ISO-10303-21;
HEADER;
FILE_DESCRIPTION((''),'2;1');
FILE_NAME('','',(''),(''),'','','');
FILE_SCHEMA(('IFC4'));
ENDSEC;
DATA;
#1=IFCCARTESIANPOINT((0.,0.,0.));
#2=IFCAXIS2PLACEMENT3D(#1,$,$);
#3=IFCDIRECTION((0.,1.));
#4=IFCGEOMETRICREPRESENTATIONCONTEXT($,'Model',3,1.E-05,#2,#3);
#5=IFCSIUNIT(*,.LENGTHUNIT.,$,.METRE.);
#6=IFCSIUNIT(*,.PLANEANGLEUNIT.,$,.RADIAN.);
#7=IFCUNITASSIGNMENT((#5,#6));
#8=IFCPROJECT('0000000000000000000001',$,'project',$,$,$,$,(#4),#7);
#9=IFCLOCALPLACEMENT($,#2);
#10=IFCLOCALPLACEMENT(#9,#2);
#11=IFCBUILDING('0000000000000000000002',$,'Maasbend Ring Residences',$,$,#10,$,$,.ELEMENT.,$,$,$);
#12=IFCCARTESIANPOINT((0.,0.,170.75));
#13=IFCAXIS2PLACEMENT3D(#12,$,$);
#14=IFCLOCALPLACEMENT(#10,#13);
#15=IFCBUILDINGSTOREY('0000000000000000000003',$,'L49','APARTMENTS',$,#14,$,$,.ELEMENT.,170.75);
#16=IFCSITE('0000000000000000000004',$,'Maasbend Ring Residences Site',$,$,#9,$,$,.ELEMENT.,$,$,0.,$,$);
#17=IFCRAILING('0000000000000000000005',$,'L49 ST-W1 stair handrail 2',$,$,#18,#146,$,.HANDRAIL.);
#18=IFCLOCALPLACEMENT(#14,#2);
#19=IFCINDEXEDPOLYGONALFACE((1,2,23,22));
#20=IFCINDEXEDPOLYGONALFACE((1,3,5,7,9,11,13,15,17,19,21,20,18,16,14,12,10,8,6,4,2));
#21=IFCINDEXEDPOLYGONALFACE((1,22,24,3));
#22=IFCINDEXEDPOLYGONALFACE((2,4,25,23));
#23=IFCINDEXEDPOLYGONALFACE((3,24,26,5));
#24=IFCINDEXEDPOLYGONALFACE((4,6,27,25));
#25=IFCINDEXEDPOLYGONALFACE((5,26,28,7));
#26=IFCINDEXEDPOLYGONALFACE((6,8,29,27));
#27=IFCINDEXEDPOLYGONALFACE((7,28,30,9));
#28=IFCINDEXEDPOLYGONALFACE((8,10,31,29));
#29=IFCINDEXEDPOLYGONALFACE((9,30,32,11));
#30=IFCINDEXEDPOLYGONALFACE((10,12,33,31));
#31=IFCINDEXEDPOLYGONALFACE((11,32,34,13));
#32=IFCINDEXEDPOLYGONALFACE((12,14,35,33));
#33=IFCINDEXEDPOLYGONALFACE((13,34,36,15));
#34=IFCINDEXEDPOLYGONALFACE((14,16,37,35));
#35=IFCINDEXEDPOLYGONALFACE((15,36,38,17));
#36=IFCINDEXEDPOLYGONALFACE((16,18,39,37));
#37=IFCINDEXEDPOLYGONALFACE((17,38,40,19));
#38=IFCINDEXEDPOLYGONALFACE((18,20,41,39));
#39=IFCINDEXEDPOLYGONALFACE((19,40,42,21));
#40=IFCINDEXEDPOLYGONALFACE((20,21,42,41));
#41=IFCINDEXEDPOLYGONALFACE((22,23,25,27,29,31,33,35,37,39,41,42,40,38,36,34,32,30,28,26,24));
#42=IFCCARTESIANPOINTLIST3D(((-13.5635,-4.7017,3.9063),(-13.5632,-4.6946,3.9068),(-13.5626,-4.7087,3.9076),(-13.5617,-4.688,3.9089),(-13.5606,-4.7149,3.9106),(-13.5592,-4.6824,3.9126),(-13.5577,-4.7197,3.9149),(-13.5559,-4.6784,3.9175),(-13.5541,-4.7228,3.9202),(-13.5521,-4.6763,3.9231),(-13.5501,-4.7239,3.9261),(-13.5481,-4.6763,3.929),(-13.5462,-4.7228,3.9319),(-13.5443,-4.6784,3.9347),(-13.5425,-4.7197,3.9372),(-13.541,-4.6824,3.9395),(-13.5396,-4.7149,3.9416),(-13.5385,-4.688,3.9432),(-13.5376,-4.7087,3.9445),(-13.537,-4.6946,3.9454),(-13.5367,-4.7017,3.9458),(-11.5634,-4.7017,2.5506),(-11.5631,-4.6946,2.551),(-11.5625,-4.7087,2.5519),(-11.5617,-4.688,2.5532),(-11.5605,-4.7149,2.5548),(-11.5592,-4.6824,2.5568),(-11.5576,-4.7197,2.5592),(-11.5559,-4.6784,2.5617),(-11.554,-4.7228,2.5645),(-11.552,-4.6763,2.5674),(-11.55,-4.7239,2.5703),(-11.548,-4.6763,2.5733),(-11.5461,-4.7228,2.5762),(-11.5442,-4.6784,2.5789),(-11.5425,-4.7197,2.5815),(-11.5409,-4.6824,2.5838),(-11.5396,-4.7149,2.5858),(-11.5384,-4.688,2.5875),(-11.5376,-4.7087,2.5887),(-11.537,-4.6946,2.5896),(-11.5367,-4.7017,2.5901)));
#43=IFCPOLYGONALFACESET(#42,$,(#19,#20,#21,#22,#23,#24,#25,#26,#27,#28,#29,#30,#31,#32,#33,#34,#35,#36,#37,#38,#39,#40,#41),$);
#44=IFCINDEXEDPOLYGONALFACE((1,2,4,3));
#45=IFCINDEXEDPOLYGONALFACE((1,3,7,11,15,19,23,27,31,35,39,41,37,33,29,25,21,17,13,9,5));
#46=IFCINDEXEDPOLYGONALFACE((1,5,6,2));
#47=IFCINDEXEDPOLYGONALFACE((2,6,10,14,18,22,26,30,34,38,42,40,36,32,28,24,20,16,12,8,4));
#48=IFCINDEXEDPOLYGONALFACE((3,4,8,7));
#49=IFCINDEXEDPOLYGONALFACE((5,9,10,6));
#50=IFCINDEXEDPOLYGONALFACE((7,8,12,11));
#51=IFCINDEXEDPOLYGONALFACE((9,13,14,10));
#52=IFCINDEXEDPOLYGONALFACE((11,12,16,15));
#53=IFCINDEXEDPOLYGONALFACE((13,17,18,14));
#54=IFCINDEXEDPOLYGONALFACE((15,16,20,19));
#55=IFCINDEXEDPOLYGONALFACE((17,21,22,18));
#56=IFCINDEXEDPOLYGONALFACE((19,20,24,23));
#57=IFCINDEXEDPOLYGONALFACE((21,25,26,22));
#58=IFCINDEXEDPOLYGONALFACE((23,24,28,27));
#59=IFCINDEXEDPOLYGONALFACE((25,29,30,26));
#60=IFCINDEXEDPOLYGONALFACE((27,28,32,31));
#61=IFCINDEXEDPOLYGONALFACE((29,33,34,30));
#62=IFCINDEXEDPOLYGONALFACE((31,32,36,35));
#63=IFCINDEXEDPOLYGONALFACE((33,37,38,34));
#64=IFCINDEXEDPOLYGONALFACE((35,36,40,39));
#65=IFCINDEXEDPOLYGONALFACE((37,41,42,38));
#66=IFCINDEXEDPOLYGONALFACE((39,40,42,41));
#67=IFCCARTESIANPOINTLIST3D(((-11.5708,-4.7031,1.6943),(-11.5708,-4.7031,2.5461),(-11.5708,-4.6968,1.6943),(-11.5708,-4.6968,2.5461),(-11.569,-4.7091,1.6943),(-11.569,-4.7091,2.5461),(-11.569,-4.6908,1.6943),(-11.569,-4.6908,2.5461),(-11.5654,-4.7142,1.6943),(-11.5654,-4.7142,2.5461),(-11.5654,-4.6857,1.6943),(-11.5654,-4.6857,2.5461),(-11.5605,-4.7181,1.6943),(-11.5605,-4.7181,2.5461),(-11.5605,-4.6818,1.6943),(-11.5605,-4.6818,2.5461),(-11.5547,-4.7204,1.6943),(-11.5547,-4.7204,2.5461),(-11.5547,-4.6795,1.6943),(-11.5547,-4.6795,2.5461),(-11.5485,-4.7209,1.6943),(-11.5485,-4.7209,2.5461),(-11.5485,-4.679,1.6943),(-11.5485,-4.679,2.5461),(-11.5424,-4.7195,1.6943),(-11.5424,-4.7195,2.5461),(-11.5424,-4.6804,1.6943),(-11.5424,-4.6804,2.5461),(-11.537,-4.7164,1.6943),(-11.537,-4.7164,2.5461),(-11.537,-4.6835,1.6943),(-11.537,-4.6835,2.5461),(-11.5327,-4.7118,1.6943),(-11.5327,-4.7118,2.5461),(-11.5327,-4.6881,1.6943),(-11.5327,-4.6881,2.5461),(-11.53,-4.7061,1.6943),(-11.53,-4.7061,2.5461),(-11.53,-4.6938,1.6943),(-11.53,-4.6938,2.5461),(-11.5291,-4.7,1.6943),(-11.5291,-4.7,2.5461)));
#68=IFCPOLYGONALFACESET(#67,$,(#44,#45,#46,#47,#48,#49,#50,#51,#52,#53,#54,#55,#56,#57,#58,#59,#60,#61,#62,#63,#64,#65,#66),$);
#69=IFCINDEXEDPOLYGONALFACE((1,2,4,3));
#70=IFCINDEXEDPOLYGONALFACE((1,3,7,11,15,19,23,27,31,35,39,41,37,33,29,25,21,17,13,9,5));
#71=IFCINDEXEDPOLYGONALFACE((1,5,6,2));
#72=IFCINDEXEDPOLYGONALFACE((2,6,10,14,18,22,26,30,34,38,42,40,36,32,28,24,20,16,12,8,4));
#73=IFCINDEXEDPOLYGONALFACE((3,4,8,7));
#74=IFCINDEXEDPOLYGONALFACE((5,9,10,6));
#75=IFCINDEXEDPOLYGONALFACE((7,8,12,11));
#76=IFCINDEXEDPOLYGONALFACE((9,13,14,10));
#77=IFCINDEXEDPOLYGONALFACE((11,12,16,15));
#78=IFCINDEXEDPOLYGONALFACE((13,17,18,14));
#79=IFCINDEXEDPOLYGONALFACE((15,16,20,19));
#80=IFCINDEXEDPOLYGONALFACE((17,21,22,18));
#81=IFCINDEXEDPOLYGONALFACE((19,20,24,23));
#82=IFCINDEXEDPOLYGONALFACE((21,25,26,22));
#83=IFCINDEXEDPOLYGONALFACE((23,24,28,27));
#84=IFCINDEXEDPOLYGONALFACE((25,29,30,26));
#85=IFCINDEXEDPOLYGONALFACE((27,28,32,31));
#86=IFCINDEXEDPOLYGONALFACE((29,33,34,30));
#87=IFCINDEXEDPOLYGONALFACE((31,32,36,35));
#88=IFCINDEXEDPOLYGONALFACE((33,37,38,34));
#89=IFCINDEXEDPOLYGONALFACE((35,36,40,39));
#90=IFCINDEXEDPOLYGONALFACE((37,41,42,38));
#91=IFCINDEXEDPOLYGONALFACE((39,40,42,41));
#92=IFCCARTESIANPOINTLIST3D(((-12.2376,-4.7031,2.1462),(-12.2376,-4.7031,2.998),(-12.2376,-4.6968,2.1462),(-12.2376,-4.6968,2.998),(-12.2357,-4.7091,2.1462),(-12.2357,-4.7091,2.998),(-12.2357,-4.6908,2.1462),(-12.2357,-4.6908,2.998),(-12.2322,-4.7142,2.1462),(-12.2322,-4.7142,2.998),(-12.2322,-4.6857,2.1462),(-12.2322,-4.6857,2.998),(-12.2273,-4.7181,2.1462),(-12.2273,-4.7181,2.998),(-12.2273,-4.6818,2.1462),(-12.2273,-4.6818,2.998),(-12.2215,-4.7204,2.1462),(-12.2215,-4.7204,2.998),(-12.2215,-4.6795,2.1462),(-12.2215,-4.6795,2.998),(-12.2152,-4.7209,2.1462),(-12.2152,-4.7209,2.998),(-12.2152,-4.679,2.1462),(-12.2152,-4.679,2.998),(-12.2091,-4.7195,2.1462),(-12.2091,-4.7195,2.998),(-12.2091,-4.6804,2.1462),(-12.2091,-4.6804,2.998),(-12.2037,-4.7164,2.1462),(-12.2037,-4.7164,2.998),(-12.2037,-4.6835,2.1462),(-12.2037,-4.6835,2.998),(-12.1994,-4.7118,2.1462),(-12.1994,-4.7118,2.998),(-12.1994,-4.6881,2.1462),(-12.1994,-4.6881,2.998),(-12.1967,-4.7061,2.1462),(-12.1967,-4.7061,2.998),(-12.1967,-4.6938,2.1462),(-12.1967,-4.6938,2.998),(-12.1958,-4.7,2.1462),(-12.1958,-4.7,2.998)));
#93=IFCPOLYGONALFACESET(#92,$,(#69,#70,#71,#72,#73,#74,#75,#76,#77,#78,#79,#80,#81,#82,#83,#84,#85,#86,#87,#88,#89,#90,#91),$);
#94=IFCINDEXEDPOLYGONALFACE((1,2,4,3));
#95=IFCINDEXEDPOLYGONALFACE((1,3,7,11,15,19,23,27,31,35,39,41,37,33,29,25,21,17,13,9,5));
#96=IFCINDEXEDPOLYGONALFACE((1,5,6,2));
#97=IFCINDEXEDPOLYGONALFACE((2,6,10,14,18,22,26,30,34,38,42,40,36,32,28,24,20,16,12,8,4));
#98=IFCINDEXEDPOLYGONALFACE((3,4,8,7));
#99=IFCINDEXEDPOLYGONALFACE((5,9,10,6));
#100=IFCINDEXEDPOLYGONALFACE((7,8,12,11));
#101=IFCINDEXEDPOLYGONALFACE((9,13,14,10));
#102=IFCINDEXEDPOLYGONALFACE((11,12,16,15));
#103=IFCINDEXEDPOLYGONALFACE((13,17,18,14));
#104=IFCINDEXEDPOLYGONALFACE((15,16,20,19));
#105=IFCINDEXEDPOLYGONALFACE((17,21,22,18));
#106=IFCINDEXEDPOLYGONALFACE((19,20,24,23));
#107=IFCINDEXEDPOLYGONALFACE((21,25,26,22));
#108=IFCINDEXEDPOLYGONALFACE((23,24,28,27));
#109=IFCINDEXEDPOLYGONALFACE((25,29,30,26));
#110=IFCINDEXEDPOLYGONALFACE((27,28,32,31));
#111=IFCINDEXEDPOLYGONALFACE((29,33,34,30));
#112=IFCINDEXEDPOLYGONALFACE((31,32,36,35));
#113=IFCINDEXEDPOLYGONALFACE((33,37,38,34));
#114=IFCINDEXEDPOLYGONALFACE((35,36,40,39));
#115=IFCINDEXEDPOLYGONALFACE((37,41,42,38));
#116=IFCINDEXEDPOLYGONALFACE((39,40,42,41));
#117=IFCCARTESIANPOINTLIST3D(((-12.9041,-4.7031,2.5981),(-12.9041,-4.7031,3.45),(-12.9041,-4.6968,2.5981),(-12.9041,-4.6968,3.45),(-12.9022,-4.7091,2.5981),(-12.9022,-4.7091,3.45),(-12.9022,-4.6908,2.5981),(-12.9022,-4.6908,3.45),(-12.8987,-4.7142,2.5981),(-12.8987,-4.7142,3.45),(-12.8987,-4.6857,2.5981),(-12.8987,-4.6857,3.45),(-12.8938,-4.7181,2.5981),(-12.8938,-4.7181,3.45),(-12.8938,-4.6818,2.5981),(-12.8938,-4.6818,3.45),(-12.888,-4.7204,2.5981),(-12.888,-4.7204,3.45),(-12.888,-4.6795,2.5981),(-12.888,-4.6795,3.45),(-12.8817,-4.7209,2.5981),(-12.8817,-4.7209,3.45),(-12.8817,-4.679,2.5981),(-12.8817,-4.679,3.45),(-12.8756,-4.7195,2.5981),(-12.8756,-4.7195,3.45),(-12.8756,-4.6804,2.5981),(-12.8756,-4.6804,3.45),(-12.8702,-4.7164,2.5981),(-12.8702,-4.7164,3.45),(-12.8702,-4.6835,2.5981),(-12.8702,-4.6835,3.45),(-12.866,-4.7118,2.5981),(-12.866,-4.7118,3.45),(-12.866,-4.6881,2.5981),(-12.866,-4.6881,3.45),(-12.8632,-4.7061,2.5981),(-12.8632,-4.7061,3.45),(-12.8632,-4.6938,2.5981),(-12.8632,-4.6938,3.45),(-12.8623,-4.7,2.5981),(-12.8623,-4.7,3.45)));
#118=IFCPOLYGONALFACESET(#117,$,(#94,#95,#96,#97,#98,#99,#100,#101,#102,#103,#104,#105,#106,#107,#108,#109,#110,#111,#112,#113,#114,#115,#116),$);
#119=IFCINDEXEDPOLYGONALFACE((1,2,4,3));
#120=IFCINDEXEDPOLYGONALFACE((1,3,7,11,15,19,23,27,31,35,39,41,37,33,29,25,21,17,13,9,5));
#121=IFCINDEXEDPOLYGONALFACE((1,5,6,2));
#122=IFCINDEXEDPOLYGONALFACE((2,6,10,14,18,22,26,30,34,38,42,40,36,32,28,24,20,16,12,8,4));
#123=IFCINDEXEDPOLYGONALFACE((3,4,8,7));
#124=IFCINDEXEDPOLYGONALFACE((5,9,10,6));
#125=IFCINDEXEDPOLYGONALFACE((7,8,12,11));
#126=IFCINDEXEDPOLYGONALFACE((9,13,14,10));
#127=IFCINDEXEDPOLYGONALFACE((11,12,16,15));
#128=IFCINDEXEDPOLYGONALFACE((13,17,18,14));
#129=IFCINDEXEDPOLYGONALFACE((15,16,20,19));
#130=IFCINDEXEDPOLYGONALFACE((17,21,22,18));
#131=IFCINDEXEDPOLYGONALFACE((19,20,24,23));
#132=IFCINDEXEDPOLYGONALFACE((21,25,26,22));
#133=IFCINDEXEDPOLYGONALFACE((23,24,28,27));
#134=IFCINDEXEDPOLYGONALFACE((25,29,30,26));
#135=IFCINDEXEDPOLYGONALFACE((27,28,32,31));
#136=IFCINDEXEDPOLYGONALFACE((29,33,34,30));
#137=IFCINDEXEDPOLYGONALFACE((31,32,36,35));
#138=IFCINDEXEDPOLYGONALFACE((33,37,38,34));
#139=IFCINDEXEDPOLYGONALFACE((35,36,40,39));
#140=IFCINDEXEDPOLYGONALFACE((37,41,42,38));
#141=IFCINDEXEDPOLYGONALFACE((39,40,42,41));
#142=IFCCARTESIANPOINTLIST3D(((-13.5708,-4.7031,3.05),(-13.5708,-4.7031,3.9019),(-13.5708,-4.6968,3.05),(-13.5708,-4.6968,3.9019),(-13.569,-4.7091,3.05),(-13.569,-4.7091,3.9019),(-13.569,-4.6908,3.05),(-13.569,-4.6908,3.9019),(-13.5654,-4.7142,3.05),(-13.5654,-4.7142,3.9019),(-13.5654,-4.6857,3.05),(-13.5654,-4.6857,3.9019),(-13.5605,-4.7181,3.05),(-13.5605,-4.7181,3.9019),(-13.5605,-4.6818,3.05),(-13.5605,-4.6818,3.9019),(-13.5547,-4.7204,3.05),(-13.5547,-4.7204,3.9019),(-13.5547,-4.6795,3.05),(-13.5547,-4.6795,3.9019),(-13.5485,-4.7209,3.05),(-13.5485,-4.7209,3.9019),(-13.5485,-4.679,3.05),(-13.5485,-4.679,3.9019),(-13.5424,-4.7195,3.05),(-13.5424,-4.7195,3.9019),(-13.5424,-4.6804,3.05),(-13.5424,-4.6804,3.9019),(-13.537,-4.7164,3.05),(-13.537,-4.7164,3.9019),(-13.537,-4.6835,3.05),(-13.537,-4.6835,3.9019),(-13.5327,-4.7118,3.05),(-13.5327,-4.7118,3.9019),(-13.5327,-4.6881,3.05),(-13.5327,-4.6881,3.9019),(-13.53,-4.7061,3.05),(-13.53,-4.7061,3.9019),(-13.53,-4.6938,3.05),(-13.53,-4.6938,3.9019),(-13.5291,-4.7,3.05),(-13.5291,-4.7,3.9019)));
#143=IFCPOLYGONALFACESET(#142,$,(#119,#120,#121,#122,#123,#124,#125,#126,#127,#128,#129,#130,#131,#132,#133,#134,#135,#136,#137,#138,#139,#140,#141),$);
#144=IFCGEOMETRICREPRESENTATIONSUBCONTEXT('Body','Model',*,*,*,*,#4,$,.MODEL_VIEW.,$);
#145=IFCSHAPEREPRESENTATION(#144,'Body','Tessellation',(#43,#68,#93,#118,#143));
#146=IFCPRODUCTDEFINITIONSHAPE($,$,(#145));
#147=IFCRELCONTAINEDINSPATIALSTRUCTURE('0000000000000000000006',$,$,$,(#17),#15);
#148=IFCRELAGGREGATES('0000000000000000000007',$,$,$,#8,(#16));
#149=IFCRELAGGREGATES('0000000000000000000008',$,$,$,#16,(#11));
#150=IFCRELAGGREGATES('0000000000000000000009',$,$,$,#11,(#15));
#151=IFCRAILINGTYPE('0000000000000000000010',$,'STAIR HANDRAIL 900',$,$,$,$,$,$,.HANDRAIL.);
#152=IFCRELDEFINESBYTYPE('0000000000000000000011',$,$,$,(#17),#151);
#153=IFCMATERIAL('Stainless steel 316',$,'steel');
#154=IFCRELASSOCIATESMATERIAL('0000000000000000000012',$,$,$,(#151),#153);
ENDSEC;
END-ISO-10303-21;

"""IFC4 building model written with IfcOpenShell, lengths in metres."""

from ifc_helpers import new_model, si_unit, direction, frame, origin, origin_2d, place, context, subcontext, project, spatial, circle, extrude, material, type_object, element, save


model = new_model("IFC4")

# Units and contexts
model_context = context("Model", 3, precision=1e-05, world=origin(), true_north=direction((0.0, 1.0)))
body_context = subcontext(model_context, "Body", "Model", "MODEL_VIEW")
ifc_project = project(units=[si_unit("LENGTHUNIT", "METRE"), si_unit("PLANEANGLEUNIT", "RADIAN")], contexts=[model_context])

# Site, building, storey
site_placement = place(None, origin())
site = spatial("IfcSite", under=ifc_project, at=site_placement, Name="Maasbend Ring Residences Site", CompositionType="ELEMENT", RefElevation=0.0)
building_placement = place(site_placement, origin())
building = spatial("IfcBuilding", under=site, at=building_placement, Name="Maasbend Ring Residences", CompositionType="ELEMENT")
storey_placement = place(building_placement, frame((0.0, 0.0, 170.75)))
storey = spatial("IfcBuildingStorey", under=building, at=storey_placement, Name="L49", Description="APARTMENTS", CompositionType="ELEMENT", Elevation=170.75)

# Railing
ifc_material_1 = material(Name="Stainless steel 316", Category="steel")
railing_type_1 = type_object("IfcRailingType", Name="STAIR HANDRAIL 900", PredefinedType="HANDRAIL", material=ifc_material_1)
railing_1_placement = place(storey_placement, frame((-11.55, -4.7, 1.6943)))
element("IfcRailing", 1, at=railing_1_placement, inside=storey, type_object=railing_type_1, Name="L49 ST-W1 stair handrail 2", PredefinedType="HANDRAIL", context=body_context, shape_type="SweptSolid", body=[
    extrude(circle(Radius=0.0239, at=origin_2d()), frame((0.0, 0.0, 0.876), z_axis=(-0.827751, 0.0, 0.561096), x_axis=(0.0, -1.0, 0.0)), (0.0, 0.0, 1.0), 2.4163),
    extrude(circle(Radius=0.021, at=origin_2d()), origin(), (0.0, 0.0, 1.0), 0.8518),
    extrude(circle(Radius=0.021, at=origin_2d()), frame((-0.6667, 0.0, 0.4519)), (0.0, 0.0, 1.0), 0.8518),
    extrude(circle(Radius=0.021, at=origin_2d()), frame((-1.3333, 0.0, 0.9038)), (0.0, 0.0, 1.0), 0.8518),
    extrude(circle(Radius=0.021, at=origin_2d()), frame((-2.0, 0.0, 1.3557)), (0.0, 0.0, 1.0), 0.8518),
])

save(model, "model.ifc")
